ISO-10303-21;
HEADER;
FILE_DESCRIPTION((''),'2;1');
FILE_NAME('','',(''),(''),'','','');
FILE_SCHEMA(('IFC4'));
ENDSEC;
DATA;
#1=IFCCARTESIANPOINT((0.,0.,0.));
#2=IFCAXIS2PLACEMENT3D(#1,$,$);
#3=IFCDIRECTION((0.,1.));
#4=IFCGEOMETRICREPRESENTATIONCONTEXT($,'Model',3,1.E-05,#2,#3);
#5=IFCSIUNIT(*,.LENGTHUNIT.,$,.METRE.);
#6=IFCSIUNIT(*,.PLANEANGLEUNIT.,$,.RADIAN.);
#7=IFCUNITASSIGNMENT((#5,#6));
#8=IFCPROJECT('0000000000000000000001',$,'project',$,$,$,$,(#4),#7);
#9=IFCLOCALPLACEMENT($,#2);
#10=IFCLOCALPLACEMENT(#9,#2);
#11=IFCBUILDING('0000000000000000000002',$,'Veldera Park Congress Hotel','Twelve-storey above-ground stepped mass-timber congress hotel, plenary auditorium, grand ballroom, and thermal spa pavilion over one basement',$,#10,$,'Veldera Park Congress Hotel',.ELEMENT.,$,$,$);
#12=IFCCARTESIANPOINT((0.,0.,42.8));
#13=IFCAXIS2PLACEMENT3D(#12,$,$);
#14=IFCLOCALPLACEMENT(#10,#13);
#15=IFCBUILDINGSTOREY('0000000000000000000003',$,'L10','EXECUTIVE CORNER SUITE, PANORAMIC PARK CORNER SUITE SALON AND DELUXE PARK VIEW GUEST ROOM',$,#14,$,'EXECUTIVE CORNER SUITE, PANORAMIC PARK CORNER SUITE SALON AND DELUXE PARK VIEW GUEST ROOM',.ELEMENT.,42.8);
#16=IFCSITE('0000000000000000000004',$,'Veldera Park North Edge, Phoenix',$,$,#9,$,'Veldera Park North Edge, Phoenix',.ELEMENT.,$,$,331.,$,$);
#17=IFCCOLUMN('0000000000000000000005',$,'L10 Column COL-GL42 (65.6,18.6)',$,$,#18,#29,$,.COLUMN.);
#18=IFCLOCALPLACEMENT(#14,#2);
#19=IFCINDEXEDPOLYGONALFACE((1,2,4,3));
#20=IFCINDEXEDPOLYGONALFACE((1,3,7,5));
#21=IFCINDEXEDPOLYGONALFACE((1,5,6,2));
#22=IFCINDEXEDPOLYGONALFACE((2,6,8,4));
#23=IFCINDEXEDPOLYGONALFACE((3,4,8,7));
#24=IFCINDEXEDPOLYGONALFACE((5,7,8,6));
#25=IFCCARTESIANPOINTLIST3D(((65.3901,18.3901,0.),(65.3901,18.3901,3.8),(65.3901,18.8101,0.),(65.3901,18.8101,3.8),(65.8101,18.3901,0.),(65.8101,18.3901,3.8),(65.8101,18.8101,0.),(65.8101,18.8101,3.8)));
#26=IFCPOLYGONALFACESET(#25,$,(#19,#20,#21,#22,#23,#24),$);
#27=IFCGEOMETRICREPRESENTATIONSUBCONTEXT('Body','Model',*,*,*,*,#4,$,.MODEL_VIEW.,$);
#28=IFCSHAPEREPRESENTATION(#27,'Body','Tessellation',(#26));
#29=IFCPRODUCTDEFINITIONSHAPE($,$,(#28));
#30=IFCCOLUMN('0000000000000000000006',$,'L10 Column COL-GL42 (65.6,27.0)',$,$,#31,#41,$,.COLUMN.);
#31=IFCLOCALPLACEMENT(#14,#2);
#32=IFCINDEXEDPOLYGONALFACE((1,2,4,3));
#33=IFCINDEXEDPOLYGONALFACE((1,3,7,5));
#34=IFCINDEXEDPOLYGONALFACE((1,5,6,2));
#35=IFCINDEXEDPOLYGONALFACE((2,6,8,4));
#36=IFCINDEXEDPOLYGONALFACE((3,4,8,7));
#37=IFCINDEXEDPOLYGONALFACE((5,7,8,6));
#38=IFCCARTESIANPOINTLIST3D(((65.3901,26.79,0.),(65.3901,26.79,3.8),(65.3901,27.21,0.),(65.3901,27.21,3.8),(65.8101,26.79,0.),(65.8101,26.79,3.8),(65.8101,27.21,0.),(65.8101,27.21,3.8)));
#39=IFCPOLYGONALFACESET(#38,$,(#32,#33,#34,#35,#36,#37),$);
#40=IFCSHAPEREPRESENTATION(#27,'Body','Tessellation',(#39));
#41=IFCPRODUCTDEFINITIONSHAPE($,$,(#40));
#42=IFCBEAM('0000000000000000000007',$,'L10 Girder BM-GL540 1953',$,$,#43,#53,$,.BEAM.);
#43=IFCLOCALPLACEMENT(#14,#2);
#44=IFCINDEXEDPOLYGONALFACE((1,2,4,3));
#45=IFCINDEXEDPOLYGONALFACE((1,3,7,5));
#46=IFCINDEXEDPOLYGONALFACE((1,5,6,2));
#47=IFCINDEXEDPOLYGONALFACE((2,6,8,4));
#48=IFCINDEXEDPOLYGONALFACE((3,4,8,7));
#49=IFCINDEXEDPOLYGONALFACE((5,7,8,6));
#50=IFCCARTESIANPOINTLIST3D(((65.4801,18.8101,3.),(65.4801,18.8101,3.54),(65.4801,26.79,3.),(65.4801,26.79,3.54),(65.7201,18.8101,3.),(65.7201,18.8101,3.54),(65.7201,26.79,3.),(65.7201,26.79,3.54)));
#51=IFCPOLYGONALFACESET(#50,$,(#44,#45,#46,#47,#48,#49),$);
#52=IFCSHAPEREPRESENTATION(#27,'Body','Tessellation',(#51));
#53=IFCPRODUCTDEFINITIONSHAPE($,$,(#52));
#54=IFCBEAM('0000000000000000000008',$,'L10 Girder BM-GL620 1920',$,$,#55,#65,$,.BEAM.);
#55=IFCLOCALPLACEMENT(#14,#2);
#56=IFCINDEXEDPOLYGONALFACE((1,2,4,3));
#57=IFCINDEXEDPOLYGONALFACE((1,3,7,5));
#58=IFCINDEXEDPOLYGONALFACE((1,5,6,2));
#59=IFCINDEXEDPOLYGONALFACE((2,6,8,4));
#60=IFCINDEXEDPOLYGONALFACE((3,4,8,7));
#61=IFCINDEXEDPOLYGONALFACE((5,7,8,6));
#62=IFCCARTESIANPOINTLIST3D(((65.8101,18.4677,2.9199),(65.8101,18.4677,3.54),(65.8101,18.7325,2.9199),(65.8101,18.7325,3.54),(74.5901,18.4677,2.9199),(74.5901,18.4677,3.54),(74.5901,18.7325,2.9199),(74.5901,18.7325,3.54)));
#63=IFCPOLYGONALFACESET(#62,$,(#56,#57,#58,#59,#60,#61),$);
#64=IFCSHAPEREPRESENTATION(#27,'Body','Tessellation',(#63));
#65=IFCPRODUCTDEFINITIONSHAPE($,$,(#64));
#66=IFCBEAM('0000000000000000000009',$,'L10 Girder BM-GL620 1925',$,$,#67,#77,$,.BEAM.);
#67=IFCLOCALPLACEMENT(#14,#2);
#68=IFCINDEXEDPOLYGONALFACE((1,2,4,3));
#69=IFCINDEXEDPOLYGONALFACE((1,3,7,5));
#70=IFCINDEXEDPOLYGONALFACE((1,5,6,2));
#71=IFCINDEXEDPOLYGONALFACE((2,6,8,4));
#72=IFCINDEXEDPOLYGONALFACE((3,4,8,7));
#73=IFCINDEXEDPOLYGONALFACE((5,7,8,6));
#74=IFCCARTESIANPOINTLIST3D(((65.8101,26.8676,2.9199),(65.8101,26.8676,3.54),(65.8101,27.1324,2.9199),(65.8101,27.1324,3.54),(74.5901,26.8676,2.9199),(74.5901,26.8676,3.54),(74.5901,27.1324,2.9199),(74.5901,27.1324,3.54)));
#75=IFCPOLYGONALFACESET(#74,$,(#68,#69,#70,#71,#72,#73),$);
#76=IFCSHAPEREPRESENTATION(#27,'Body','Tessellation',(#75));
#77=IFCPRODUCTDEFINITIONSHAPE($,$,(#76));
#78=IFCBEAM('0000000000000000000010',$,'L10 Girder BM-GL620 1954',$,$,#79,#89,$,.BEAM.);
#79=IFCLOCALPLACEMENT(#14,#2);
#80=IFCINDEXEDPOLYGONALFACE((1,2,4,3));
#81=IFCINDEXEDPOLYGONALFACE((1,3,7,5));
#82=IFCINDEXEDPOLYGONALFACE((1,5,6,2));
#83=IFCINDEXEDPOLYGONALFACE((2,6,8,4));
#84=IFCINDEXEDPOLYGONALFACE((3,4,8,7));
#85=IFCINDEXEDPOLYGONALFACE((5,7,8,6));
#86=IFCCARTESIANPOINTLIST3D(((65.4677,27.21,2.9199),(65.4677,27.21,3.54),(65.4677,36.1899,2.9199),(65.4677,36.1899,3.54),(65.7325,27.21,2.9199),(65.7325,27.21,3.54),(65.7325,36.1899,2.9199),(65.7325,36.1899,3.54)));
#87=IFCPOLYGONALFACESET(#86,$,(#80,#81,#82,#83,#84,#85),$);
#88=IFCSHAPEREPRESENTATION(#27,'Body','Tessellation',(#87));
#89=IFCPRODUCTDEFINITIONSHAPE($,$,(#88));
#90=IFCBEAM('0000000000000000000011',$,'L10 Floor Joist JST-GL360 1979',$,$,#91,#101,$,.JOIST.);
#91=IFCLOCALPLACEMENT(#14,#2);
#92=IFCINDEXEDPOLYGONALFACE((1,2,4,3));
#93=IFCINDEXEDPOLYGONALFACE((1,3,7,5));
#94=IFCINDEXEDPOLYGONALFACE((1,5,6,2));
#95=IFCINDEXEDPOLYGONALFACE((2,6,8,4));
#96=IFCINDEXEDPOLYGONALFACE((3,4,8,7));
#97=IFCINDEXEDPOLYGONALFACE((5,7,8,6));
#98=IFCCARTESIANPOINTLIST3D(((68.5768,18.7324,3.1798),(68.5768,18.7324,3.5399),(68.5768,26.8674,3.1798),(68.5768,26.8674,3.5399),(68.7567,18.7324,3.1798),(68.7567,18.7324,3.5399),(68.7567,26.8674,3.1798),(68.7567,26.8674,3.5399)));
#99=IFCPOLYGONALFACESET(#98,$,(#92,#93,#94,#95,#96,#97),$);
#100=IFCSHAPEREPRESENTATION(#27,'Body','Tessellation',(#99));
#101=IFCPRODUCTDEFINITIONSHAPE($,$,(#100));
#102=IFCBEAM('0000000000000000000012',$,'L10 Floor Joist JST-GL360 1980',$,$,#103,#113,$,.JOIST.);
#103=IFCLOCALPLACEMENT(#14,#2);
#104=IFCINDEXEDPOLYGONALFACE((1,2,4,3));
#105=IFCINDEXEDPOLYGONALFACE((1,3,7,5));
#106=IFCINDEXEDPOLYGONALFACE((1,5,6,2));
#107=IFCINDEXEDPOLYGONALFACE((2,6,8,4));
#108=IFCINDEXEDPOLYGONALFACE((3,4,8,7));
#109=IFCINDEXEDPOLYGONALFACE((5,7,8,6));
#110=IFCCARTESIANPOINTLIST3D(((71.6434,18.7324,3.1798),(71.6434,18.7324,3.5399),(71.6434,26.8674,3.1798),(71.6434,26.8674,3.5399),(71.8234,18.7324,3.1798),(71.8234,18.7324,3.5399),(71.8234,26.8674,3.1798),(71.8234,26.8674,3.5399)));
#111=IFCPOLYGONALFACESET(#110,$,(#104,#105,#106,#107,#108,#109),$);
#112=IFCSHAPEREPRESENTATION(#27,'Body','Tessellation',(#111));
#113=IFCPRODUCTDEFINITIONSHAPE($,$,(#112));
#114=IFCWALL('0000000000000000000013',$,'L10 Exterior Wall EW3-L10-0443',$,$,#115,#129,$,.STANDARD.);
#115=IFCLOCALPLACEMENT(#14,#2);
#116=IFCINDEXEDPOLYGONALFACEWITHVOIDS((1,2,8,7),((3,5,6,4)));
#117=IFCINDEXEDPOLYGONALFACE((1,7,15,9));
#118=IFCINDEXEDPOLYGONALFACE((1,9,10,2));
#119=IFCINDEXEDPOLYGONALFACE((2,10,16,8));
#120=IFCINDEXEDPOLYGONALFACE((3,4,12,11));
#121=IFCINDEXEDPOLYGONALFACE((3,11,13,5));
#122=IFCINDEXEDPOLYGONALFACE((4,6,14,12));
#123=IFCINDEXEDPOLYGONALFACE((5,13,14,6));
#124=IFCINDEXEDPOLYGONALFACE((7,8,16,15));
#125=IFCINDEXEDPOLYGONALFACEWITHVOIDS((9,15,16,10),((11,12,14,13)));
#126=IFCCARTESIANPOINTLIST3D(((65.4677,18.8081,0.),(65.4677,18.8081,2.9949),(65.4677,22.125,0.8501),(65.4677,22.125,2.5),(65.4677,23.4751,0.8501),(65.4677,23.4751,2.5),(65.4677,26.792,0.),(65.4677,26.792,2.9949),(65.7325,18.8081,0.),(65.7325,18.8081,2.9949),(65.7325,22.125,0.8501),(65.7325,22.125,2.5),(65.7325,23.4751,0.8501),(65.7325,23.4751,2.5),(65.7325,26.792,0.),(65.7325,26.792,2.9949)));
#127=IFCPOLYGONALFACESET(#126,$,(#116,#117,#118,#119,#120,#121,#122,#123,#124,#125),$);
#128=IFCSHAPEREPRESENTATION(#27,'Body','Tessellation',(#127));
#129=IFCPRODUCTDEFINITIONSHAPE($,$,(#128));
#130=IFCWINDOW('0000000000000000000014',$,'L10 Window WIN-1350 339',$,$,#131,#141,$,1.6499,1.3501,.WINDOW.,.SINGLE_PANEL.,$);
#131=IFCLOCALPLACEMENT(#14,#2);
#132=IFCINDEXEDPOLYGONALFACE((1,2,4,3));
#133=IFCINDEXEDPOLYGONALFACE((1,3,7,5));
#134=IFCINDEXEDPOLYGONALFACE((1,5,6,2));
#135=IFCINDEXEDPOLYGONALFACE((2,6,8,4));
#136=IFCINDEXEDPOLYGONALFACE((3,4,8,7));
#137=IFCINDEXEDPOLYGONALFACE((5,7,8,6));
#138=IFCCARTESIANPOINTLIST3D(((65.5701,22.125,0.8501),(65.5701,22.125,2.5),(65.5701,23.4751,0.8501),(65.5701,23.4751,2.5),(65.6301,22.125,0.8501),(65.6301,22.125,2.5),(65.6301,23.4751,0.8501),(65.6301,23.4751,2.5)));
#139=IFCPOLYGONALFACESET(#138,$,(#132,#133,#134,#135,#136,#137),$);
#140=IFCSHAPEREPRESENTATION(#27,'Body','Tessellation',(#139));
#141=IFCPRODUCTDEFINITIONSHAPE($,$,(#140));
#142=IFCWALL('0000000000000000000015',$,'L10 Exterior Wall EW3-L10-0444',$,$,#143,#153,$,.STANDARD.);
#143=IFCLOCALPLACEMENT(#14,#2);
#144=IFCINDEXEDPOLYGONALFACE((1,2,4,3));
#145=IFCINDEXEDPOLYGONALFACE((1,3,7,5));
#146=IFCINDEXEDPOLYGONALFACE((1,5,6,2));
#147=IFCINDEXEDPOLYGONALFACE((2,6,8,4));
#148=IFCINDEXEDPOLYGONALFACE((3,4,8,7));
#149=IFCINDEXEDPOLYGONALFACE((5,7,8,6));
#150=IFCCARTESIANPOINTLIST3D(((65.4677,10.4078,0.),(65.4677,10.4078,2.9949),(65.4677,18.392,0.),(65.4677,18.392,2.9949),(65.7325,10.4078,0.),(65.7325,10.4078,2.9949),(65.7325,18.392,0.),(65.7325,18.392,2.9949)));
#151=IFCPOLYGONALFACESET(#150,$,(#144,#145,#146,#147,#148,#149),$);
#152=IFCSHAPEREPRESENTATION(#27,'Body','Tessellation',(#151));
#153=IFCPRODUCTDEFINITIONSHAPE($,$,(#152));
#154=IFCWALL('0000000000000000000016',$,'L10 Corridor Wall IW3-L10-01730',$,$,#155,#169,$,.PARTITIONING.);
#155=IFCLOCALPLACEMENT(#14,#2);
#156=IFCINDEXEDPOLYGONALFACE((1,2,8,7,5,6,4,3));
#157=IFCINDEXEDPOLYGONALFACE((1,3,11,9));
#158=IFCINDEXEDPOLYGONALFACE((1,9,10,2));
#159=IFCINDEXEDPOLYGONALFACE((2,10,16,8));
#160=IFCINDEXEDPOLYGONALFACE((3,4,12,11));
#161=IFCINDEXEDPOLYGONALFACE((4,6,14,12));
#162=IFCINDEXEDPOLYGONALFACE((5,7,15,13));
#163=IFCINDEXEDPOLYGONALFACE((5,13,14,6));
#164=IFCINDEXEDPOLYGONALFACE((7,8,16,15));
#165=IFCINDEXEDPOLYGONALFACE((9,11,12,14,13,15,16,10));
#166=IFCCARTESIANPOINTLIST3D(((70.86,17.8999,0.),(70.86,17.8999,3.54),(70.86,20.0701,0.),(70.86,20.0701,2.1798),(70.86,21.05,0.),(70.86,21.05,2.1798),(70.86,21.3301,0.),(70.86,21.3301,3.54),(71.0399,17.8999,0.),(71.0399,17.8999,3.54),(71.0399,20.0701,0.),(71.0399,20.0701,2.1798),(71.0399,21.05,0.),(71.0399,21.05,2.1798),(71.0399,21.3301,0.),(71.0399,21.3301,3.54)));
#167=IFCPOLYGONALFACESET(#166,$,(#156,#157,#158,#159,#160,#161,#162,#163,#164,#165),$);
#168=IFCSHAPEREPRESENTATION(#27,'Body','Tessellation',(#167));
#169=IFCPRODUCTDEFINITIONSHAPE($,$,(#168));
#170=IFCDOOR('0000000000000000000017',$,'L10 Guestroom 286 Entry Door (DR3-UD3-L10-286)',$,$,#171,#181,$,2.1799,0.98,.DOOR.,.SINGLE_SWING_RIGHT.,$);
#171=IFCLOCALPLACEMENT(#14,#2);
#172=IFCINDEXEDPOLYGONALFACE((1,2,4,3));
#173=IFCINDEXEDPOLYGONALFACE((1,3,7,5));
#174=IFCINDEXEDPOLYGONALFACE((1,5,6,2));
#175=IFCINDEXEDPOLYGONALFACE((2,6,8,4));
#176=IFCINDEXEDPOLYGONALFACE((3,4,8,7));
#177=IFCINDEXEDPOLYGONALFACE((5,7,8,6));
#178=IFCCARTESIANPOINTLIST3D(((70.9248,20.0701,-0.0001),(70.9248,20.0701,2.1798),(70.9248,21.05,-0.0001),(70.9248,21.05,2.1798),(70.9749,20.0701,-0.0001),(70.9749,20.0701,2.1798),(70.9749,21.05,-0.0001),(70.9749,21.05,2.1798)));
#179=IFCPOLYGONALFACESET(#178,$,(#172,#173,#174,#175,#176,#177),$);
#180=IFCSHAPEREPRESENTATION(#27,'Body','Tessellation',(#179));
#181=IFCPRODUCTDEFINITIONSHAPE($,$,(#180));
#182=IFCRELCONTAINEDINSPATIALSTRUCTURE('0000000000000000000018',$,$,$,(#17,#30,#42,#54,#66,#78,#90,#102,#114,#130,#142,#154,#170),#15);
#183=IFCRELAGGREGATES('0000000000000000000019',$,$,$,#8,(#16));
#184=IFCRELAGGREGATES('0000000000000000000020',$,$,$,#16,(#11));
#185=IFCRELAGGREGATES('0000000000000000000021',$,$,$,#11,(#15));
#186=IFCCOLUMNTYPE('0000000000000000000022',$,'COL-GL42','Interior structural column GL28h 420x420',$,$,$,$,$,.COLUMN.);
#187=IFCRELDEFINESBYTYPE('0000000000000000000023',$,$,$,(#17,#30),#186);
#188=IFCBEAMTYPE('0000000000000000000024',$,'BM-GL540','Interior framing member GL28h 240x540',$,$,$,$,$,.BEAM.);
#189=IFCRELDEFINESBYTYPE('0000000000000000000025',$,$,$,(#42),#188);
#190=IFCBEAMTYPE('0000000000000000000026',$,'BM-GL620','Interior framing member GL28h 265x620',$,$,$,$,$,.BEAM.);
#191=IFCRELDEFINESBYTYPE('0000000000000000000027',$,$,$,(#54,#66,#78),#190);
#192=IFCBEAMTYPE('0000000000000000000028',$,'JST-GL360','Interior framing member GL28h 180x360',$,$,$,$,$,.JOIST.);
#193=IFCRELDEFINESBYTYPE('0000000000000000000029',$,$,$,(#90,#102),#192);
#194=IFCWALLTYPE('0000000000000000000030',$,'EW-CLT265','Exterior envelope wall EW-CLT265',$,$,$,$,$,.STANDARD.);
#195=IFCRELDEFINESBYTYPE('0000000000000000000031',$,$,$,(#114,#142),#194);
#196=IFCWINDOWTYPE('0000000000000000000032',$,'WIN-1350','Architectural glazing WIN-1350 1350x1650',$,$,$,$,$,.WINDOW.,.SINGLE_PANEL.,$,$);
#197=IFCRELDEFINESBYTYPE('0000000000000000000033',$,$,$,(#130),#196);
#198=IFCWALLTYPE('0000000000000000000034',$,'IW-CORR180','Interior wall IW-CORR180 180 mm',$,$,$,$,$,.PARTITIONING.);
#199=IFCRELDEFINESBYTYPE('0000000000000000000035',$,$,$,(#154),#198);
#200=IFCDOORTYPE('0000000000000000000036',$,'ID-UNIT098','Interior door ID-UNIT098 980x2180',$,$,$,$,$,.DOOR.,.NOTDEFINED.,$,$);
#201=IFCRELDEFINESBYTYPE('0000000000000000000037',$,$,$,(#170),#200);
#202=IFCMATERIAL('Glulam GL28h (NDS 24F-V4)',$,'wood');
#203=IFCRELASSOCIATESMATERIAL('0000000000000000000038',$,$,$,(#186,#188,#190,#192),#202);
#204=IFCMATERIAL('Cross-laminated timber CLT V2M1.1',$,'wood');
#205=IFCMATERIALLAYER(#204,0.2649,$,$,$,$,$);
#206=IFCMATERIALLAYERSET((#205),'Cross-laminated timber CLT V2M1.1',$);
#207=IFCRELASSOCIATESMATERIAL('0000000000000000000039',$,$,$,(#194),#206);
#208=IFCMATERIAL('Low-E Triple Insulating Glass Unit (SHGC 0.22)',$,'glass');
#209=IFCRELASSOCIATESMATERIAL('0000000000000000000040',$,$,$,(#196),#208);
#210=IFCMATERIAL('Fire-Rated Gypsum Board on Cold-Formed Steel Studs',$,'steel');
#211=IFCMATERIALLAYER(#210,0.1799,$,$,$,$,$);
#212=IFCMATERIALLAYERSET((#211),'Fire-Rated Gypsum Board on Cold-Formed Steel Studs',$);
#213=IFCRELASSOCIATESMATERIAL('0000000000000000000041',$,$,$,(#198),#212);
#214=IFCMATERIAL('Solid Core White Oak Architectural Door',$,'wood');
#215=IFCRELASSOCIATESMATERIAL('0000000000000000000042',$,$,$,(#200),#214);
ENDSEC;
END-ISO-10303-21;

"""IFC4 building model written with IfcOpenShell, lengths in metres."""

from ifc_helpers import new_model, si_unit, direction, frame, frame_2d, origin, origin_2d, place, context, subcontext, project, spatial, rectangle, extrude, material, layer, layer_set, material_profile, profile_set, type_object, element, fill, save


model = new_model("IFC4")

# Units and contexts
model_context = context("Model", 3, precision=1e-05, world=origin(), true_north=direction((0.0, 1.0)))
body_context = subcontext(model_context, "Body", "Model", "MODEL_VIEW")
ifc_project = project(units=[si_unit("LENGTHUNIT", "METRE"), si_unit("PLANEANGLEUNIT", "RADIAN")], contexts=[model_context])

# Site, building, storey
site_placement = place(None, origin())
site = spatial("IfcSite", under=ifc_project, at=site_placement, Name="Veldera Park North Edge, Phoenix", LongName="Veldera Park North Edge, Phoenix", CompositionType="ELEMENT", RefElevation=331.0)
building_placement = place(site_placement, origin())
building = spatial("IfcBuilding", under=site, at=building_placement, Name="Veldera Park Congress Hotel", Description="Twelve-storey above-ground stepped mass-timber congress hotel, plenary auditorium, grand ballroom, and thermal spa pavilion over one basement", LongName="Veldera Park Congress Hotel", CompositionType="ELEMENT")
storey_placement = place(building_placement, frame((0.0, 0.0, 42.8)))
storey = spatial("IfcBuildingStorey", under=building, at=storey_placement, Name="L10", Description="EXECUTIVE CORNER SUITE, PANORAMIC PARK CORNER SUITE SALON AND DELUXE PARK VIEW GUEST ROOM", LongName="EXECUTIVE CORNER SUITE, PANORAMIC PARK CORNER SUITE SALON AND DELUXE PARK VIEW GUEST ROOM", CompositionType="ELEMENT", Elevation=42.8)

# Columns
ifc_material_1 = material(Name="Glulam GL28h (NDS 24F-V4)", Category="wood")
ifc_material_profile_1 = material_profile(ifc_material_1, rectangle(XDim=0.4199, YDim=0.4199, at=origin_2d()), Name="GL28h 420x420")
ifc_profile_set_1 = profile_set([ifc_material_profile_1], Name="Glulam GL28h (NDS 24F-V4)")
column_type = type_object("IfcColumnType", Name="COL-GL42", Description="Interior structural column GL28h 420x420", PredefinedType="COLUMN", material=ifc_profile_set_1)
for number, where, z_axis, x_axis, name in (
    (1, (65.6001, 18.6001, 0.0), (0.0, 0.0, 1.0), (1.0, 0.0, 0.0), "L10 Column COL-GL42 (65.6,18.6)"),
    (2, (65.6001, 27.0, 0.0), (0.0, 0.0, 1.0), (1.0, 0.0, 0.0), "L10 Column COL-GL42 (65.6,27.0)"),
):
    element("IfcColumn", number, at=place(storey_placement, frame(where, z_axis=z_axis, x_axis=x_axis)), inside=storey, type_object=column_type, Name=name, PredefinedType="COLUMN", context=body_context, shape_type="SweptSolid", body=[
        extrude(rectangle(XDim=0.4199, YDim=0.4199, at=origin_2d()), origin(), (0.0, 0.0, 1.0), 3.8),
    ])

# Beams
ifc_material_profile_2 = material_profile(ifc_material_1, rectangle(XDim=0.24, YDim=0.54, at=origin_2d()), Name="GL28h 240x540")
ifc_profile_set_2 = profile_set([ifc_material_profile_2], Name="Glulam GL28h (NDS 24F-V4)")
beam_type_1 = type_object("IfcBeamType", Name="BM-GL540", Description="Interior framing member GL28h 240x540", PredefinedType="BEAM", material=ifc_profile_set_2)
beam_1_placement = place(storey_placement, frame((65.6001, 18.8101, 3.27), z_axis=(0.0, 1.0, 0.0), x_axis=(-1.0, 0.0, 0.0)))
element("IfcBeam", 3, at=beam_1_placement, inside=storey, type_object=beam_type_1, Name="L10 Girder BM-GL540 1953", PredefinedType="BEAM", context=body_context, shape_type="SweptSolid", body=[
    extrude(rectangle(XDim=0.24, YDim=0.54, at=origin_2d()), origin(), (0.0, 0.0, 1.0), 7.98),
])
ifc_material_profile_3 = material_profile(ifc_material_1, rectangle(XDim=0.2649, YDim=0.6201, at=origin_2d()), Name="GL28h 265x620")
ifc_profile_set_3 = profile_set([ifc_material_profile_3], Name="Glulam GL28h (NDS 24F-V4)")
beam_type_2 = type_object("IfcBeamType", Name="BM-GL620", Description="Interior framing member GL28h 265x620", PredefinedType="BEAM", material=ifc_profile_set_3)
for number, where, z_axis, x_axis, name in (
    (4, (65.8101, 18.6001, 3.23), (1.0, 0.0, 0.0), (0.0, 1.0, 0.0), "L10 Girder BM-GL620 1920"),
    (5, (65.8101, 27.0, 3.23), (1.0, 0.0, 0.0), (0.0, 1.0, 0.0), "L10 Girder BM-GL620 1925"),
):
    element("IfcBeam", number, at=place(storey_placement, frame(where, z_axis=z_axis, x_axis=x_axis)), inside=storey, type_object=beam_type_2, Name=name, PredefinedType="BEAM", context=body_context, shape_type="SweptSolid", body=[
        extrude(rectangle(XDim=0.2649, YDim=0.6201, at=origin_2d()), origin(), (0.0, 0.0, 1.0), 8.78),
    ])
beam_2_placement = place(storey_placement, frame((65.6001, 27.21, 3.23), z_axis=(0.0, 1.0, 0.0), x_axis=(-1.0, 0.0, 0.0)))
element("IfcBeam", 6, at=beam_2_placement, inside=storey, type_object=beam_type_2, Name="L10 Girder BM-GL620 1954", PredefinedType="BEAM", context=body_context, shape_type="SweptSolid", body=[
    extrude(rectangle(XDim=0.2649, YDim=0.6201, at=origin_2d()), origin(), (0.0, 0.0, 1.0), 8.98),
])
ifc_material_profile_4 = material_profile(ifc_material_1, rectangle(XDim=0.1799, YDim=0.3601, at=origin_2d()), Name="GL28h 180x360")
ifc_profile_set_4 = profile_set([ifc_material_profile_4], Name="Glulam GL28h (NDS 24F-V4)")
beam_type_3 = type_object("IfcBeamType", Name="JST-GL360", Description="Interior framing member GL28h 180x360", PredefinedType="JOIST", material=ifc_profile_set_4)
for number, where, z_axis, x_axis, name in (
    (7, (68.6667, 18.7324, 3.3599), (0.0, 1.0, 0.0), (-1.0, 0.0, 0.0), "L10 Floor Joist JST-GL360 1979"),
    (8, (71.7334, 18.7324, 3.3599), (0.0, 1.0, 0.0), (-1.0, 0.0, 0.0), "L10 Floor Joist JST-GL360 1980"),
):
    element("IfcBeam", number, at=place(storey_placement, frame(where, z_axis=z_axis, x_axis=x_axis)), inside=storey, type_object=beam_type_3, Name=name, PredefinedType="JOIST", context=body_context, shape_type="SweptSolid", body=[
        extrude(rectangle(XDim=0.1799, YDim=0.3601, at=origin_2d()), origin(), (0.0, 0.0, 1.0), 8.135),
    ])

# Wall, opening, window
ifc_material_2 = material(Name="Cross-laminated timber CLT V2M1.1", Category="wood")
ifc_layer_1 = layer(ifc_material_2, 0.2649)
ifc_layer_set_1 = layer_set([ifc_layer_1], Name="Cross-laminated timber CLT V2M1.1")
wall_type_1 = type_object("IfcWallType", Name="EW-CLT265", Description="Exterior envelope wall EW-CLT265", PredefinedType="STANDARD", material=ifc_layer_set_1)
wall_1_placement = place(storey_placement, frame((65.6001, 26.792, 0.0), z_axis=(0.0, 0.0, 1.0), x_axis=(0.0, -1.0, 0.0)))
wall_1 = element("IfcWall", 9, at=wall_1_placement, inside=storey, type_object=wall_type_1, Name="L10 Exterior Wall EW3-L10-0443", PredefinedType="STANDARD", context=body_context, shape_type="SweptSolid", body=[
    extrude(rectangle(XDim=7.9839, YDim=0.2649, at=frame_2d((3.9919, 0.0))), origin(), (0.0, 0.0, 1.0), 2.9949),
])
opening_1_placement = place(wall_1_placement, frame((3.3169, 0.0, 0.8501)))
opening_1 = element("IfcOpeningElement", 10, at=opening_1_placement, cuts=wall_1, PredefinedType="OPENING", context=body_context, shape_type="SweptSolid", body=[
    extrude(rectangle(XDim=1.3501, YDim=1.6499, at=frame_2d((0.675, 0.825))), frame((0.0, 0.1445, 0.0), z_axis=(0.0, -1.0, 0.0), x_axis=(1.0, 0.0, 0.0)), (0.0, 0.0, 1.0), 0.2888),
])
ifc_material_3 = material(Name="Low-E Triple Insulating Glass Unit (SHGC 0.22)", Category="glass")
window_type = type_object("IfcWindowType", Name="WIN-1350", Description="Architectural glazing WIN-1350 1350x1650", PartitioningType="SINGLE_PANEL", PredefinedType="WINDOW", material=ifc_material_3)
window_placement = place(opening_1_placement, origin())
window = element("IfcWindow", 11, at=window_placement, inside=storey, type_object=window_type, Name="L10 Window WIN-1350 339", OverallHeight=1.6499, OverallWidth=1.3501, PartitioningType="SINGLE_PANEL", PredefinedType="WINDOW", context=body_context, shape_type="SweptSolid", body=[
    extrude(rectangle(XDim=1.3501, YDim=1.6499, at=frame_2d((0.675, 0.825))), frame((0.0, 0.03, 0.0), z_axis=(0.0, -1.0, 0.0), x_axis=(1.0, 0.0, 0.0)), (0.0, 0.0, 1.0), 0.0601),
])
fill(opening_1, window)

# Wall
wall_2_placement = place(storey_placement, frame((65.6001, 18.3921, 0.0), z_axis=(0.0, 0.0, 1.0), x_axis=(0.0, -1.0, 0.0)))
element("IfcWall", 12, at=wall_2_placement, inside=storey, type_object=wall_type_1, Name="L10 Exterior Wall EW3-L10-0444", PredefinedType="STANDARD", context=body_context, shape_type="SweptSolid", body=[
    extrude(rectangle(XDim=7.9841, YDim=0.2649, at=frame_2d((3.9922, 0.0))), origin(), (0.0, 0.0, 1.0), 2.9949),
])

# Wall, opening, door
ifc_material_4 = material(Name="Fire-Rated Gypsum Board on Cold-Formed Steel Studs", Category="steel")
ifc_layer_2 = layer(ifc_material_4, 0.1799)
ifc_layer_set_2 = layer_set([ifc_layer_2], Name="Fire-Rated Gypsum Board on Cold-Formed Steel Studs")
wall_type_2 = type_object("IfcWallType", Name="IW-CORR180", Description="Interior wall IW-CORR180 180 mm", PredefinedType="PARTITIONING", material=ifc_layer_set_2)
wall_3_placement = place(storey_placement, frame((70.95, 21.3301, 0.0), z_axis=(0.0, 0.0, 1.0), x_axis=(0.0, -1.0, 0.0)))
wall_3 = element("IfcWall", 13, at=wall_3_placement, inside=storey, type_object=wall_type_2, Name="L10 Corridor Wall IW3-L10-01730", PredefinedType="PARTITIONING", context=body_context, shape_type="SweptSolid", body=[
    extrude(rectangle(XDim=3.4302, YDim=0.1799, at=frame_2d((1.7151, 0.0))), origin(), (0.0, 0.0, 1.0), 3.54),
])
opening_2_placement = place(wall_3_placement, frame((0.28, 0.0, 0.0)))
opening_2 = element("IfcOpeningElement", 14, at=opening_2_placement, cuts=wall_3, PredefinedType="OPENING", context=body_context, shape_type="SweptSolid", body=[
    extrude(rectangle(XDim=0.98, YDim=2.1799, at=frame_2d((0.49, 1.0898))), frame((0.0, 0.1021, 0.0), z_axis=(0.0, -1.0, 0.0), x_axis=(1.0, 0.0, 0.0)), (0.0, 0.0, 1.0), 0.2039),
])
ifc_material_5 = material(Name="Solid Core White Oak Architectural Door", Category="wood")
door_type = type_object("IfcDoorType", Name="ID-UNIT098", Description="Interior door ID-UNIT098 980x2180", OperationType="NOTDEFINED", PredefinedType="DOOR", material=ifc_material_5)
door_1_placement = place(opening_2_placement, origin())
door_1 = element("IfcDoor", 15, at=door_1_placement, inside=storey, type_object=door_type, Name="L10 Guestroom 286 Entry Door (DR3-UD3-L10-286)", OperationType="SINGLE_SWING_RIGHT", OverallHeight=2.1799, OverallWidth=0.98, PredefinedType="DOOR", context=body_context, shape_type="SweptSolid", body=[
    extrude(rectangle(XDim=0.98, YDim=2.1799, at=frame_2d((0.49, 1.0898))), frame((0.0, 0.0249, 0.0), z_axis=(0.0, -1.0, 0.0), x_axis=(1.0, 0.0, 0.0)), (0.0, 0.0, 1.0), 0.05),
])
fill(opening_2, door_1)

save(model, "model.ifc")
